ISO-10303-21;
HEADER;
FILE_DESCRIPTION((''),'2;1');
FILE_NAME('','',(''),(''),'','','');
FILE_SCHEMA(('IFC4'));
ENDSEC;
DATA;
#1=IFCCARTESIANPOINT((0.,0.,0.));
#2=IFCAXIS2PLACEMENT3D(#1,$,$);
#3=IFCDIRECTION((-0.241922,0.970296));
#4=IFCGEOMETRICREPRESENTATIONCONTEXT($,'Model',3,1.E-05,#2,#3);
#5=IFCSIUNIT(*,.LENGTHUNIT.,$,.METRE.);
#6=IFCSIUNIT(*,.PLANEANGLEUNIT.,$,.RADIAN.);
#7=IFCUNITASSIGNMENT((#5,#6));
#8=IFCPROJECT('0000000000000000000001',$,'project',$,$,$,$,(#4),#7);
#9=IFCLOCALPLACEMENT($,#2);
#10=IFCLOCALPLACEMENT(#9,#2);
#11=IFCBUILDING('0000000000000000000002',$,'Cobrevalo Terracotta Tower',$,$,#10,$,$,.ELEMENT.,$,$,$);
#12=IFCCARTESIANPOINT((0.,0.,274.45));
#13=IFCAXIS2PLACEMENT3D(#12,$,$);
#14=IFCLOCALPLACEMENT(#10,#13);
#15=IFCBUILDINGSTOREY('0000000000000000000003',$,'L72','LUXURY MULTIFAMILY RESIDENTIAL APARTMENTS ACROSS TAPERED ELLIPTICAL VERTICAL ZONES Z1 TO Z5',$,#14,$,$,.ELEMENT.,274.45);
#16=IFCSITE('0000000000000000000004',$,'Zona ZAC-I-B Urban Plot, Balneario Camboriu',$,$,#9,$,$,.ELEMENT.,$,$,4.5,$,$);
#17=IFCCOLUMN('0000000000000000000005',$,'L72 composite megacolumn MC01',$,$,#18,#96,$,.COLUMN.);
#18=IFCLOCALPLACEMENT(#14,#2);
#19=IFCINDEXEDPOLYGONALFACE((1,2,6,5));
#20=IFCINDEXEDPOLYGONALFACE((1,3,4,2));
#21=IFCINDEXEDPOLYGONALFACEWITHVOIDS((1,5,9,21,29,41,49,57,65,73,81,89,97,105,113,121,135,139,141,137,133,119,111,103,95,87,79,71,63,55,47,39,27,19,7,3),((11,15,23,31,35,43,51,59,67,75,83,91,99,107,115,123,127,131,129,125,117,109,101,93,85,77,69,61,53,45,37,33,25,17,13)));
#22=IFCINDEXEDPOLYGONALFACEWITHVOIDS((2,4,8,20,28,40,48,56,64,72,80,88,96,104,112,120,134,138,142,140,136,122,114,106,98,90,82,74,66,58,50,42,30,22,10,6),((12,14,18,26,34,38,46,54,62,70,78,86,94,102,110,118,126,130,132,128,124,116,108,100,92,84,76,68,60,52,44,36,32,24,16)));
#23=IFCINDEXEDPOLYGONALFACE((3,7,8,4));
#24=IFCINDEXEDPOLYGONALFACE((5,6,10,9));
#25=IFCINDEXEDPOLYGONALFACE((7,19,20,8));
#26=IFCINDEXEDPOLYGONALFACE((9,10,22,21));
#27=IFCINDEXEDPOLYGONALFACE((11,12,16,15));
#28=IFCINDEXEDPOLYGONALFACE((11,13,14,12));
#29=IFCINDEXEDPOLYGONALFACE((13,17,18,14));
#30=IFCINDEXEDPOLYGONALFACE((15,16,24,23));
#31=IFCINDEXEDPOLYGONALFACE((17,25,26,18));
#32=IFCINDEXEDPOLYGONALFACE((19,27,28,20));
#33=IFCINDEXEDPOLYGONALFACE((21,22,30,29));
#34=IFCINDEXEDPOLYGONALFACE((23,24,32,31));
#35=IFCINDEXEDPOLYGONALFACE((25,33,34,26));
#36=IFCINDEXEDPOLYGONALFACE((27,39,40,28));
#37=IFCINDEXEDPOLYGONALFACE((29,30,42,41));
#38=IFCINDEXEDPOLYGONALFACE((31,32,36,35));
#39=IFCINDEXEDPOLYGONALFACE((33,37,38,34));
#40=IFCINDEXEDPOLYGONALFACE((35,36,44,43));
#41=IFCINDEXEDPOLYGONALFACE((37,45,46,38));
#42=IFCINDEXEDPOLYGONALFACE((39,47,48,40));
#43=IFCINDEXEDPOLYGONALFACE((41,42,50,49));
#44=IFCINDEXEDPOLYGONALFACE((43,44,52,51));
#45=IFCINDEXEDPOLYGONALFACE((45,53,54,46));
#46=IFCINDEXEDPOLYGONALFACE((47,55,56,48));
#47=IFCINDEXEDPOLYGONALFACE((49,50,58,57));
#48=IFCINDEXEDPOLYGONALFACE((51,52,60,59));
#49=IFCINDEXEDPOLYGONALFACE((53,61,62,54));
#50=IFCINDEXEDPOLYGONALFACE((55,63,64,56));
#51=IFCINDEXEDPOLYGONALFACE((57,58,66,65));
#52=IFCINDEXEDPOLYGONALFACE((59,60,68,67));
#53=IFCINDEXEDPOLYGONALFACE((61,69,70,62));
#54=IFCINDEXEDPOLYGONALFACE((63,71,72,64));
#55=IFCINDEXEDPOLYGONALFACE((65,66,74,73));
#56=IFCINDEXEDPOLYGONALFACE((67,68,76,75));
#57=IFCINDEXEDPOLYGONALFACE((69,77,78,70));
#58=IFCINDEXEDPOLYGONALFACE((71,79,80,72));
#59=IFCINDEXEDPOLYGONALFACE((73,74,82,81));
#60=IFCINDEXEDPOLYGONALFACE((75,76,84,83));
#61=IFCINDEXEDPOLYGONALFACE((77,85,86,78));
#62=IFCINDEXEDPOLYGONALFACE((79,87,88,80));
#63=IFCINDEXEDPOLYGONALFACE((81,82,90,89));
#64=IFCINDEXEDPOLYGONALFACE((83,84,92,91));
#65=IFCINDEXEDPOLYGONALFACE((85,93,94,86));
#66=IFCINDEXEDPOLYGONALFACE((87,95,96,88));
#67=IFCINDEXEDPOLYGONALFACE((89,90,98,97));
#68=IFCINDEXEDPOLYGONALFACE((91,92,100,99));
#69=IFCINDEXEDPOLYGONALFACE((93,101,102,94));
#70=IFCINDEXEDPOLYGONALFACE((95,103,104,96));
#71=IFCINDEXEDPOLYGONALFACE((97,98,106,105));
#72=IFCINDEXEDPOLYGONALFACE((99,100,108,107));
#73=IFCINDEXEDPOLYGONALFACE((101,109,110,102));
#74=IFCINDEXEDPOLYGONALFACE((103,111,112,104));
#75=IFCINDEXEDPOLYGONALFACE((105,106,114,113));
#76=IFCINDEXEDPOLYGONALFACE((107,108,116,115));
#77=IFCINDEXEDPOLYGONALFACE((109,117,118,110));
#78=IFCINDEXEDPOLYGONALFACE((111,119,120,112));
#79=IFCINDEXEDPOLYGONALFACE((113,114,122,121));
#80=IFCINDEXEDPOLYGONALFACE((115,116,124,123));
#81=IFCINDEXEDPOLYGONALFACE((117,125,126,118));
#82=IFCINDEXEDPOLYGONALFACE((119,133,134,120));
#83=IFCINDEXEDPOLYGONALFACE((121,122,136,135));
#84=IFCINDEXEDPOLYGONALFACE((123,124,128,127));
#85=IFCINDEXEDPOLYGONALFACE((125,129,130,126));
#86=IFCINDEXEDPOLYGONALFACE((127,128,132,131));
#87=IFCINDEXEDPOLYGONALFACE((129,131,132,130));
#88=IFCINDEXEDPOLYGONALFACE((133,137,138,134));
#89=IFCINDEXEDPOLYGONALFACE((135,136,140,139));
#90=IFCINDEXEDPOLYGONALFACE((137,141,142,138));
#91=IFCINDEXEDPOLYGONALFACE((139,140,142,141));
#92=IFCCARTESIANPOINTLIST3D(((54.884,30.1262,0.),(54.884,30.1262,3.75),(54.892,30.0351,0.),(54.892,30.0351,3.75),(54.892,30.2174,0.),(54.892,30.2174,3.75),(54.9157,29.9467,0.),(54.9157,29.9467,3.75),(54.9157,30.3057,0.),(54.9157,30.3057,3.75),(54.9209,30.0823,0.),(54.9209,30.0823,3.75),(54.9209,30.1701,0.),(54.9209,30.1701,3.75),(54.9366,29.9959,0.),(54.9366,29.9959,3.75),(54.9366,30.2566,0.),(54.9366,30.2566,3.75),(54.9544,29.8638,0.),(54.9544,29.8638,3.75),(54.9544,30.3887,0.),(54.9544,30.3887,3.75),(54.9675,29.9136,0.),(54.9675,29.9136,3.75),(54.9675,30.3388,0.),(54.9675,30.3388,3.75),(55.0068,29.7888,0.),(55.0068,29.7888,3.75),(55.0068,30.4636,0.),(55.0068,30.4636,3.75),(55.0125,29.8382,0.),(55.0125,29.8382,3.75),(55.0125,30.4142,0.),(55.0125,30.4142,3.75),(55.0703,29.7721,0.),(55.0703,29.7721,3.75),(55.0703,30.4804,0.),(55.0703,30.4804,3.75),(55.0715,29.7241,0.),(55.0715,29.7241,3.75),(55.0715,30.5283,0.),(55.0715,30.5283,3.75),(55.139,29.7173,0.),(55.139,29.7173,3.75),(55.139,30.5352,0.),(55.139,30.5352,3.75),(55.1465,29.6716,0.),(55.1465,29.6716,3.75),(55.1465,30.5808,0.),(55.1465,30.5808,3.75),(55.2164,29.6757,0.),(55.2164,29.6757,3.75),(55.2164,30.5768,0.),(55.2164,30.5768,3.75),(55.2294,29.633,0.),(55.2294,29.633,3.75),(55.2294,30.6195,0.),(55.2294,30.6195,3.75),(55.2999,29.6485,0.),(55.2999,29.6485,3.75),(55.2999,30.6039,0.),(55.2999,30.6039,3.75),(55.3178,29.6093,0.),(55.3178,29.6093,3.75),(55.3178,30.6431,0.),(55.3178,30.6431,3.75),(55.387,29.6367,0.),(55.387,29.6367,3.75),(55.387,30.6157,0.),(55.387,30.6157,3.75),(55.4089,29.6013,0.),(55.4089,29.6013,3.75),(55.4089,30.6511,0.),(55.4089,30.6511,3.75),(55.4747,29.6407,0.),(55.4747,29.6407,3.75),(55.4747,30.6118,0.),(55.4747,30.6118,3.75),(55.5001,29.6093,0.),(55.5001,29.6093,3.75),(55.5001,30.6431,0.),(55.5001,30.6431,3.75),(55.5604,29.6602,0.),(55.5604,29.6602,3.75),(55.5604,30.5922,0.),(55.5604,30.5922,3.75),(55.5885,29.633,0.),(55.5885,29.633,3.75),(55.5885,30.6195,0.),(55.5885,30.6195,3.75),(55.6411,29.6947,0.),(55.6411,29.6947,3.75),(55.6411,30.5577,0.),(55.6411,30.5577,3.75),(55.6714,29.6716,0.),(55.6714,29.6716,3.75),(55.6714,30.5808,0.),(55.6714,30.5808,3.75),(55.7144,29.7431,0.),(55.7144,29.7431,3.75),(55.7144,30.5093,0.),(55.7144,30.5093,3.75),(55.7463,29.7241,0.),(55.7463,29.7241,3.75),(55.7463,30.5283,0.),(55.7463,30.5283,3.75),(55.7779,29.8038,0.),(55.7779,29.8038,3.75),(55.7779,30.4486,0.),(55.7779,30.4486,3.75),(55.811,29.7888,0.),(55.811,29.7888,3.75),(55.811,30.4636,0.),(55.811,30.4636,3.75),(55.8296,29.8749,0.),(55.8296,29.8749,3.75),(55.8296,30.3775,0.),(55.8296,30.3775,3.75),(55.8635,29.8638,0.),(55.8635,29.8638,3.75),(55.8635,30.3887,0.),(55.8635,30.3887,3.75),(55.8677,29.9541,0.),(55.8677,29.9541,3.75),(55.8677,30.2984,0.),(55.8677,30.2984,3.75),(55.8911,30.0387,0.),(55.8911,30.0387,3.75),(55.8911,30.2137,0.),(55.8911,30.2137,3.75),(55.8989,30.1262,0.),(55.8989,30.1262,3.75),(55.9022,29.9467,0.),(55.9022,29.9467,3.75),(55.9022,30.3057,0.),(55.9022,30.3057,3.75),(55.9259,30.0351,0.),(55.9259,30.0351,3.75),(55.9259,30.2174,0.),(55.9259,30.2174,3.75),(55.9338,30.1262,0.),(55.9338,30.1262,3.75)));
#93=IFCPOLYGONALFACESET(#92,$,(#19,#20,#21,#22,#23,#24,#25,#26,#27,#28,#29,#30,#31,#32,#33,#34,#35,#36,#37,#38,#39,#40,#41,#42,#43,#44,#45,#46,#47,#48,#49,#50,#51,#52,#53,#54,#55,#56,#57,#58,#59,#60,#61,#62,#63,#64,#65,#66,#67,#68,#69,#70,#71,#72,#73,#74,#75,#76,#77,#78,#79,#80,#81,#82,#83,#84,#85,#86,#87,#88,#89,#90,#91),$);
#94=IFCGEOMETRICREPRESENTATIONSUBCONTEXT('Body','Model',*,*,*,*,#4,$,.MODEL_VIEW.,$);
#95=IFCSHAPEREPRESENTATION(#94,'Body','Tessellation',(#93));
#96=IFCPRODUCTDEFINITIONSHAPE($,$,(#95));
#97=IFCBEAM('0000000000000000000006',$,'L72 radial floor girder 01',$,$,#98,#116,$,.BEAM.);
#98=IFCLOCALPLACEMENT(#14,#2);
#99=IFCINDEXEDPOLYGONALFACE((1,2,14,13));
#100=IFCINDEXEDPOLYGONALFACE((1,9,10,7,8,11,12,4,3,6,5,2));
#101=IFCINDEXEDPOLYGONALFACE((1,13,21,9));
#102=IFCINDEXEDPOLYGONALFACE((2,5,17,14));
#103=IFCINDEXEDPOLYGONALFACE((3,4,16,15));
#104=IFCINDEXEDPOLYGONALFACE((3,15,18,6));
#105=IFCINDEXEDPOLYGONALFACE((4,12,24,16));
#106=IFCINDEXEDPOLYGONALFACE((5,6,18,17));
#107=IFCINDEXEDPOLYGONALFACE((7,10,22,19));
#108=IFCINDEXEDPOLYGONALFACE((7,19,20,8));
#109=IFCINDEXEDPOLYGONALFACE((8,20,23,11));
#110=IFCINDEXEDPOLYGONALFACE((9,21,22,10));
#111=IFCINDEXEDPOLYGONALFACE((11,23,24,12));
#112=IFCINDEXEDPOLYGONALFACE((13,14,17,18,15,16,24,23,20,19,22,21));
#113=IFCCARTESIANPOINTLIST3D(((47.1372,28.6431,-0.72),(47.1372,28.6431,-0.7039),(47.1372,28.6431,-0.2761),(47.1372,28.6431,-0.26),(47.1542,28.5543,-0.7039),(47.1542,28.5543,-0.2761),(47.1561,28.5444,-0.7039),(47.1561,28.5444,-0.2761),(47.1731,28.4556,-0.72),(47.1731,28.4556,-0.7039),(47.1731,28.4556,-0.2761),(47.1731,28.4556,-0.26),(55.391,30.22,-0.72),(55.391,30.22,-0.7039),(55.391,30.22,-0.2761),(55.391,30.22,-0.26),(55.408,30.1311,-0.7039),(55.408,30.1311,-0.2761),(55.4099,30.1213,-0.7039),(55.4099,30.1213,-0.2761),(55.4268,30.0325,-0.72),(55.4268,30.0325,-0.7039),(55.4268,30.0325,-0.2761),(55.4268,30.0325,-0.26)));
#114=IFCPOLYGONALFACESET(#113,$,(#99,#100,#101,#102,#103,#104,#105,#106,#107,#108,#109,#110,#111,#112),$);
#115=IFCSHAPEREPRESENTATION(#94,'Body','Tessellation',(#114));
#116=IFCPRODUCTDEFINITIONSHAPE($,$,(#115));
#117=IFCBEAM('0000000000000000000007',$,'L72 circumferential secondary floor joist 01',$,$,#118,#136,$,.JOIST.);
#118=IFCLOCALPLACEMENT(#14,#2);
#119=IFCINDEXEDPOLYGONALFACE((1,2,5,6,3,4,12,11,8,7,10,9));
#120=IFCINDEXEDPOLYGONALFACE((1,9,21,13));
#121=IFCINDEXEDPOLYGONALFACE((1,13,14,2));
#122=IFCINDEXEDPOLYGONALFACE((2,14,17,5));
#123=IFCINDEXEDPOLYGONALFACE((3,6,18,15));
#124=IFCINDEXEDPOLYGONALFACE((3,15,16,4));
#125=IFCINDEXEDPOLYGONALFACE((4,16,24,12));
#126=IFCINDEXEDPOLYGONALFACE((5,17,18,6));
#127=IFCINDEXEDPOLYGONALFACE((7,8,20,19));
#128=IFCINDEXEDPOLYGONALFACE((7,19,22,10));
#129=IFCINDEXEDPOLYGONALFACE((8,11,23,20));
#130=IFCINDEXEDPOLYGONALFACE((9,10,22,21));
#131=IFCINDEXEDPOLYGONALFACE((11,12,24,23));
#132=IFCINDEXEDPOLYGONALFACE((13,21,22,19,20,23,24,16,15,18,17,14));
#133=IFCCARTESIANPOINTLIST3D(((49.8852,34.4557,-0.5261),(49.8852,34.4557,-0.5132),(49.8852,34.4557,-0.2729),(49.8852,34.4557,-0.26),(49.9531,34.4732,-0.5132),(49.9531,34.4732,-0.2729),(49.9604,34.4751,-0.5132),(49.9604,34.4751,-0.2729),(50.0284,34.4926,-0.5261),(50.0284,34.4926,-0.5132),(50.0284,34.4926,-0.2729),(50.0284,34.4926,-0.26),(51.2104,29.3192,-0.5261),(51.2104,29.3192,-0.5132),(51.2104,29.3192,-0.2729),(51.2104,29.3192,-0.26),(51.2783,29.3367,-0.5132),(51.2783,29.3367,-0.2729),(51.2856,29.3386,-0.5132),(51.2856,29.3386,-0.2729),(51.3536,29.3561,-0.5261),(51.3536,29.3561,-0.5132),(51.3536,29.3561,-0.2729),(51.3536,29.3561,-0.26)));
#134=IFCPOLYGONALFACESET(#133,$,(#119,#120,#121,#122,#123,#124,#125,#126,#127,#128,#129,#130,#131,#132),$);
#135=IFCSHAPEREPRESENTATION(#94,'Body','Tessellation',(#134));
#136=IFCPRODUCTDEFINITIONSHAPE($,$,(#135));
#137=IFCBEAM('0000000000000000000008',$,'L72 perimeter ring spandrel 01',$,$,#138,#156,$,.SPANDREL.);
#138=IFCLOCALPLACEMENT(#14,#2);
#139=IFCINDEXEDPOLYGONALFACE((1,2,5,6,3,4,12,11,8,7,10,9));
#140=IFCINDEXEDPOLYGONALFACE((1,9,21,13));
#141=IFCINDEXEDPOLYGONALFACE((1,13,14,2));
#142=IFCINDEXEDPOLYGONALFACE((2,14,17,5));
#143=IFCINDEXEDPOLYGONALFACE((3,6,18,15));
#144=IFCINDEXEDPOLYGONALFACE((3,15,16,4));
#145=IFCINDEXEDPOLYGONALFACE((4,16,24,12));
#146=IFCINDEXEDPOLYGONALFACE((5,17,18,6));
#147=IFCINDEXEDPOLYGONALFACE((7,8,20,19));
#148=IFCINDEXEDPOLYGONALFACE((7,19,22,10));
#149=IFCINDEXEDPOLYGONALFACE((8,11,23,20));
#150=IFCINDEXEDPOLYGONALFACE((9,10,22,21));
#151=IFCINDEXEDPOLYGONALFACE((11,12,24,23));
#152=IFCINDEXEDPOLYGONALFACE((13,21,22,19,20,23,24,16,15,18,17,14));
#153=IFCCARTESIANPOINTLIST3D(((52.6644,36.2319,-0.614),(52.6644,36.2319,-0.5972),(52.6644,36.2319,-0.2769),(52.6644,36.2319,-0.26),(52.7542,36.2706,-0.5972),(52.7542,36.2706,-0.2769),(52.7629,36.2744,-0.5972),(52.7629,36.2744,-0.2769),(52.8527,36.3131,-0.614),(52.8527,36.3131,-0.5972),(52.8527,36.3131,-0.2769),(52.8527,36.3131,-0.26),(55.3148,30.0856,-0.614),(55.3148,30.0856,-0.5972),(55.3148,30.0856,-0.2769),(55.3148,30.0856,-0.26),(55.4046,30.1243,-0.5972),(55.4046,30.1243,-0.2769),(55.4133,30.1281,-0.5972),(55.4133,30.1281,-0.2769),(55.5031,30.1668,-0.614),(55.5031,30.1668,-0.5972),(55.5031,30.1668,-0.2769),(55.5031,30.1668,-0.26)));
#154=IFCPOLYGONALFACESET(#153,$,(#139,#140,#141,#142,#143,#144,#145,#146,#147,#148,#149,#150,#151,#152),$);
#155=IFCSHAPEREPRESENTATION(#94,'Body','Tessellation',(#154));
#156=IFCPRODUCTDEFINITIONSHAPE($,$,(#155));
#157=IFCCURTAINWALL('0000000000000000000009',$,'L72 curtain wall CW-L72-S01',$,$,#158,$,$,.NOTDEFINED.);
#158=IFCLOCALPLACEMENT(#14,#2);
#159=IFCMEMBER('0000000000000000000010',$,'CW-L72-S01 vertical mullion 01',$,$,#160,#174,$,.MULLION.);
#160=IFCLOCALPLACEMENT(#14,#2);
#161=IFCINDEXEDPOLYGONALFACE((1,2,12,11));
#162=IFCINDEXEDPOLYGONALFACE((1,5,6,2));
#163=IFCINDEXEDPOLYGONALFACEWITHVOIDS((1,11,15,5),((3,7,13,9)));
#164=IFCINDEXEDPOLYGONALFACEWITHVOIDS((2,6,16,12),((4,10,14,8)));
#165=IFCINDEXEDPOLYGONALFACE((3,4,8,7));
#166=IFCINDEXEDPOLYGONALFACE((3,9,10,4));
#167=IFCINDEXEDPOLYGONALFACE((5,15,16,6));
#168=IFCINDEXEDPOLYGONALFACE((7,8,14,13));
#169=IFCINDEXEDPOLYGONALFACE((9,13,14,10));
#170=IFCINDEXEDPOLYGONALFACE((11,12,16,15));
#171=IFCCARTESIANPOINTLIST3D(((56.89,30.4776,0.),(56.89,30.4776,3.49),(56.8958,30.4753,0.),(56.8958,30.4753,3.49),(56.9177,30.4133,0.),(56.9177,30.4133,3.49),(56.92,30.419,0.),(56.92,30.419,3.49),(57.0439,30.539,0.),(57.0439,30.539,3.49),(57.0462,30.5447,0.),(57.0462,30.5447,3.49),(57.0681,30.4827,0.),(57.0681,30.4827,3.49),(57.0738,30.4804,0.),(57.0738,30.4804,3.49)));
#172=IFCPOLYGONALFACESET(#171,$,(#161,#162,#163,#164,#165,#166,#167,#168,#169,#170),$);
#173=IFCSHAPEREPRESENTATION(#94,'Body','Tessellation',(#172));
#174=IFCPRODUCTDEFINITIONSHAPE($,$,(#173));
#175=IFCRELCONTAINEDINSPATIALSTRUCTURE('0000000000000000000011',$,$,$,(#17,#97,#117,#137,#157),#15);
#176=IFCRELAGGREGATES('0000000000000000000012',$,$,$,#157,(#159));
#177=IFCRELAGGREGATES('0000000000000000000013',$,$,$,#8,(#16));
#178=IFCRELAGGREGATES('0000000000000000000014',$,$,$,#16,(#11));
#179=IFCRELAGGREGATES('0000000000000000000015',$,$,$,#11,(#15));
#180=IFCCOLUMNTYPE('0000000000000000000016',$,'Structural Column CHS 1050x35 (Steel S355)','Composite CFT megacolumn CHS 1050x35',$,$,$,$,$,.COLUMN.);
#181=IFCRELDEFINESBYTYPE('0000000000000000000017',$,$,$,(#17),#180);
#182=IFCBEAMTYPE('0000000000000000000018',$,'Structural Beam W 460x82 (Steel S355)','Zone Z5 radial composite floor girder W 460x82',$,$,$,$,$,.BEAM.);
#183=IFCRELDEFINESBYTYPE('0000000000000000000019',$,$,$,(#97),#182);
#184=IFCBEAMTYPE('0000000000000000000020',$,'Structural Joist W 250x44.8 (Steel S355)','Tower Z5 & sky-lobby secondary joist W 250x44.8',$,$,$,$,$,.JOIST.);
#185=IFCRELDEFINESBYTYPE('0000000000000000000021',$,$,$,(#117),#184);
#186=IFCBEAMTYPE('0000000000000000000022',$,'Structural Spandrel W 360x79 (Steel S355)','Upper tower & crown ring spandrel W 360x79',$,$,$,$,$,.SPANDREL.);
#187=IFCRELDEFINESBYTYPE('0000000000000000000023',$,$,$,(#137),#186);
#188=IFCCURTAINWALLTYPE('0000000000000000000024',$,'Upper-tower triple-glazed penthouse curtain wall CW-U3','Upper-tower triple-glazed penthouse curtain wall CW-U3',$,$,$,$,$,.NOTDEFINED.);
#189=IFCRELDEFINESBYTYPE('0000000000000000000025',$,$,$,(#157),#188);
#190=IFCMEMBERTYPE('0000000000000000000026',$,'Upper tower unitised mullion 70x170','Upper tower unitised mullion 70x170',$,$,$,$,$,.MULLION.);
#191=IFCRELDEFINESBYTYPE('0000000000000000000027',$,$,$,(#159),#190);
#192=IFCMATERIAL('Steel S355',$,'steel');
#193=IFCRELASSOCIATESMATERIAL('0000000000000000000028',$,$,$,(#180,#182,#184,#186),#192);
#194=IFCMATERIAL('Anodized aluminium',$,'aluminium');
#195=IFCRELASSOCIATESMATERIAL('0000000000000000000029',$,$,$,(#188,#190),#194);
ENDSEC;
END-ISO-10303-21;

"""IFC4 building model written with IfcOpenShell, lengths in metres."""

from ifc_helpers import new_model, si_unit, direction, frame, origin, origin_2d, place, context, subcontext, project, spatial, hollow_rectangle, hollow_circle, i_section, extrude, source, transform, mapped, material, material_profile, profile_set, type_object, element, aggregate, save


model = new_model("IFC4")

# Units and contexts
model_context = context("Model", 3, precision=1e-05, world=origin(), true_north=direction((-0.241922, 0.970296)))
body_context = subcontext(model_context, "Body", "Model", "MODEL_VIEW")
ifc_project = project(units=[si_unit("LENGTHUNIT", "METRE"), si_unit("PLANEANGLEUNIT", "RADIAN")], contexts=[model_context])

# Site, building, storey
site_placement = place(None, origin())
site = spatial("IfcSite", under=ifc_project, at=site_placement, Name="Zona ZAC-I-B Urban Plot, Balneario Camboriu", CompositionType="ELEMENT", RefElevation=4.5)
building_placement = place(site_placement, origin())
building = spatial("IfcBuilding", under=site, at=building_placement, Name="Cobrevalo Terracotta Tower", CompositionType="ELEMENT")
storey_placement = place(building_placement, frame((0.0, 0.0, 274.45)))
storey = spatial("IfcBuildingStorey", under=building, at=storey_placement, Name="L72", Description="LUXURY MULTIFAMILY RESIDENTIAL APARTMENTS ACROSS TAPERED ELLIPTICAL VERTICAL ZONES Z1 TO Z5", CompositionType="ELEMENT", Elevation=274.45)

# Column
ifc_material_1 = material(Name="Steel S355", Category="steel")
ifc_material_profile_1 = material_profile(ifc_material_1, hollow_circle(Radius=0.5249, WallThickness=0.0349, at=origin_2d()), Name="CHS 1050x35")
ifc_profile_set_1 = profile_set([ifc_material_profile_1], Name="Steel S355")
column_type = type_object("IfcColumnType", Name="Structural Column CHS 1050x35 (Steel S355)", Description="Composite CFT megacolumn CHS 1050x35", PredefinedType="COLUMN", material=ifc_profile_set_1)
column_placement = place(storey_placement, frame((55.4089, 30.1262, 0.0), z_axis=(0.0, 0.0, 1.0), x_axis=(1.0, 0.0, 0.0)))
element("IfcColumn", 1, at=column_placement, inside=storey, type_object=column_type, Name="L72 composite megacolumn MC01", PredefinedType="COLUMN", context=body_context, shape_type="SweptSolid", body=[
    extrude(hollow_circle(Radius=0.5249, WallThickness=0.0349, at=origin_2d()), origin(), (0.0, 0.0, 1.0), 3.75),
])

# Beams
ifc_material_profile_2 = material_profile(ifc_material_1, i_section(OverallWidth=0.1909, OverallDepth=0.46, WebThickness=0.01, FlangeThickness=0.0161, at=origin_2d()), Name="W 460x82")
ifc_profile_set_2 = profile_set([ifc_material_profile_2], Name="Steel S355")
beam_type_1 = type_object("IfcBeamType", Name="Structural Beam W 460x82 (Steel S355)", Description="Zone Z5 radial composite floor girder W 460x82", PredefinedType="BEAM", material=ifc_profile_set_2)
beam_1_placement = place(storey_placement, frame((55.4089, 30.1262, -0.49), z_axis=(-0.982235, -0.187655, 0.0), x_axis=(0.187655, -0.982235, 0.0)))
element("IfcBeam", 2, at=beam_1_placement, inside=storey, type_object=beam_type_1, Name="L72 radial floor girder 01", PredefinedType="BEAM", context=body_context, shape_type="SweptSolid", body=[
    extrude(i_section(OverallWidth=0.1909, OverallDepth=0.46, WebThickness=0.01, FlangeThickness=0.0161, at=origin_2d()), origin(), (0.0, 0.0, 1.0), 8.4031),
])
ifc_material_profile_3 = material_profile(ifc_material_1, i_section(OverallWidth=0.1479, OverallDepth=0.2661, WebThickness=0.0076, FlangeThickness=0.0129, at=origin_2d()), Name="W 250x44.8")
ifc_profile_set_3 = profile_set([ifc_material_profile_3], Name="Steel S355")
beam_type_2 = type_object("IfcBeamType", Name="Structural Joist W 250x44.8 (Steel S355)", Description="Tower Z5 & sky-lobby secondary joist W 250x44.8", PredefinedType="JOIST", material=ifc_profile_set_3)
beam_2_placement = place(storey_placement, frame((51.282, 29.3376, -0.3931), z_axis=(-0.249817, 0.968293, 0.0), x_axis=(-0.968293, -0.249817, 0.0)))
element("IfcBeam", 3, at=beam_2_placement, inside=storey, type_object=beam_type_2, Name="L72 circumferential secondary floor joist 01", PredefinedType="JOIST", context=body_context, shape_type="SweptSolid", body=[
    extrude(i_section(OverallWidth=0.1479, OverallDepth=0.2661, WebThickness=0.0076, FlangeThickness=0.0129, at=origin_2d()), origin(), (0.0, 0.0, 1.0), 5.3047),
])
ifc_material_profile_4 = material_profile(ifc_material_1, i_section(OverallWidth=0.2051, OverallDepth=0.354, WebThickness=0.0095, FlangeThickness=0.0168, at=origin_2d()), Name="W 360x79")
ifc_profile_set_4 = profile_set([ifc_material_profile_4], Name="Steel S355")
beam_type_3 = type_object("IfcBeamType", Name="Structural Spandrel W 360x79 (Steel S355)", Description="Upper tower & crown ring spandrel W 360x79", PredefinedType="SPANDREL", material=ifc_profile_set_4)
beam_3_placement = place(storey_placement, frame((55.4089, 30.1262, -0.437), z_axis=(-0.395974, 0.918262, 0.0), x_axis=(-0.918262, -0.395974, 0.0)))
element("IfcBeam", 4, at=beam_3_placement, inside=storey, type_object=beam_type_3, Name="L72 perimeter ring spandrel 01", PredefinedType="SPANDREL", context=body_context, shape_type="SweptSolid", body=[
    extrude(i_section(OverallWidth=0.2051, OverallDepth=0.354, WebThickness=0.0095, FlangeThickness=0.0168, at=origin_2d()), origin(), (0.0, 0.0, 1.0), 6.6934),
])

# Curtain wall, member
ifc_material_2 = material(Name="Anodized aluminium", Category="aluminium")
curtain_wall_type = type_object("IfcCurtainWallType", Name="Upper-tower triple-glazed penthouse curtain wall CW-U3", Description="Upper-tower triple-glazed penthouse curtain wall CW-U3", PredefinedType="NOTDEFINED", material=ifc_material_2)
curtain_wall_1_placement = place(storey_placement, origin())
curtain_wall_1 = element("IfcCurtainWall", 5, at=curtain_wall_1_placement, inside=storey, type_object=curtain_wall_type, Name="L72 curtain wall CW-L72-S01", PredefinedType="NOTDEFINED")
ifc_material_profile_5 = material_profile(ifc_material_2, hollow_rectangle(XDim=0.0701, YDim=0.1699, WallThickness=0.0044, at=origin_2d()), Name="CWM 70x170")
ifc_profile_set_5 = profile_set([ifc_material_profile_5], Name="Anodized aluminium")
member_type_1 = type_object("IfcMemberType", Name="Upper tower unitised mullion 70x170", Description="Upper tower unitised mullion 70x170", PredefinedType="MULLION", material=ifc_profile_set_5)
shared_shape_1 = source(origin(), body_context, "Body", "SweptSolid", [
    extrude(hollow_rectangle(XDim=0.0701, YDim=0.1699, WallThickness=0.0044, at=origin_2d()), origin(), (0.0, 0.0, 1.0), 3.49),
])
member_1_placement = place(storey_placement, frame((56.9819, 30.479, 0.0), z_axis=(0.0, 0.0, 1.0), x_axis=(-0.394824, 0.918757, 0.0)))
member_1 = element("IfcMember", 6, at=member_1_placement, type_object=member_type_1, Name="CW-L72-S01 vertical mullion 01", PredefinedType="MULLION", context=body_context, shape_type="MappedRepresentation", body=[
    mapped(shared_shape_1, transform((0.0, 0.0, 0.0), scale=1.0)),
])

aggregate(curtain_wall_1, [member_1])

save(model, "model.ifc")
